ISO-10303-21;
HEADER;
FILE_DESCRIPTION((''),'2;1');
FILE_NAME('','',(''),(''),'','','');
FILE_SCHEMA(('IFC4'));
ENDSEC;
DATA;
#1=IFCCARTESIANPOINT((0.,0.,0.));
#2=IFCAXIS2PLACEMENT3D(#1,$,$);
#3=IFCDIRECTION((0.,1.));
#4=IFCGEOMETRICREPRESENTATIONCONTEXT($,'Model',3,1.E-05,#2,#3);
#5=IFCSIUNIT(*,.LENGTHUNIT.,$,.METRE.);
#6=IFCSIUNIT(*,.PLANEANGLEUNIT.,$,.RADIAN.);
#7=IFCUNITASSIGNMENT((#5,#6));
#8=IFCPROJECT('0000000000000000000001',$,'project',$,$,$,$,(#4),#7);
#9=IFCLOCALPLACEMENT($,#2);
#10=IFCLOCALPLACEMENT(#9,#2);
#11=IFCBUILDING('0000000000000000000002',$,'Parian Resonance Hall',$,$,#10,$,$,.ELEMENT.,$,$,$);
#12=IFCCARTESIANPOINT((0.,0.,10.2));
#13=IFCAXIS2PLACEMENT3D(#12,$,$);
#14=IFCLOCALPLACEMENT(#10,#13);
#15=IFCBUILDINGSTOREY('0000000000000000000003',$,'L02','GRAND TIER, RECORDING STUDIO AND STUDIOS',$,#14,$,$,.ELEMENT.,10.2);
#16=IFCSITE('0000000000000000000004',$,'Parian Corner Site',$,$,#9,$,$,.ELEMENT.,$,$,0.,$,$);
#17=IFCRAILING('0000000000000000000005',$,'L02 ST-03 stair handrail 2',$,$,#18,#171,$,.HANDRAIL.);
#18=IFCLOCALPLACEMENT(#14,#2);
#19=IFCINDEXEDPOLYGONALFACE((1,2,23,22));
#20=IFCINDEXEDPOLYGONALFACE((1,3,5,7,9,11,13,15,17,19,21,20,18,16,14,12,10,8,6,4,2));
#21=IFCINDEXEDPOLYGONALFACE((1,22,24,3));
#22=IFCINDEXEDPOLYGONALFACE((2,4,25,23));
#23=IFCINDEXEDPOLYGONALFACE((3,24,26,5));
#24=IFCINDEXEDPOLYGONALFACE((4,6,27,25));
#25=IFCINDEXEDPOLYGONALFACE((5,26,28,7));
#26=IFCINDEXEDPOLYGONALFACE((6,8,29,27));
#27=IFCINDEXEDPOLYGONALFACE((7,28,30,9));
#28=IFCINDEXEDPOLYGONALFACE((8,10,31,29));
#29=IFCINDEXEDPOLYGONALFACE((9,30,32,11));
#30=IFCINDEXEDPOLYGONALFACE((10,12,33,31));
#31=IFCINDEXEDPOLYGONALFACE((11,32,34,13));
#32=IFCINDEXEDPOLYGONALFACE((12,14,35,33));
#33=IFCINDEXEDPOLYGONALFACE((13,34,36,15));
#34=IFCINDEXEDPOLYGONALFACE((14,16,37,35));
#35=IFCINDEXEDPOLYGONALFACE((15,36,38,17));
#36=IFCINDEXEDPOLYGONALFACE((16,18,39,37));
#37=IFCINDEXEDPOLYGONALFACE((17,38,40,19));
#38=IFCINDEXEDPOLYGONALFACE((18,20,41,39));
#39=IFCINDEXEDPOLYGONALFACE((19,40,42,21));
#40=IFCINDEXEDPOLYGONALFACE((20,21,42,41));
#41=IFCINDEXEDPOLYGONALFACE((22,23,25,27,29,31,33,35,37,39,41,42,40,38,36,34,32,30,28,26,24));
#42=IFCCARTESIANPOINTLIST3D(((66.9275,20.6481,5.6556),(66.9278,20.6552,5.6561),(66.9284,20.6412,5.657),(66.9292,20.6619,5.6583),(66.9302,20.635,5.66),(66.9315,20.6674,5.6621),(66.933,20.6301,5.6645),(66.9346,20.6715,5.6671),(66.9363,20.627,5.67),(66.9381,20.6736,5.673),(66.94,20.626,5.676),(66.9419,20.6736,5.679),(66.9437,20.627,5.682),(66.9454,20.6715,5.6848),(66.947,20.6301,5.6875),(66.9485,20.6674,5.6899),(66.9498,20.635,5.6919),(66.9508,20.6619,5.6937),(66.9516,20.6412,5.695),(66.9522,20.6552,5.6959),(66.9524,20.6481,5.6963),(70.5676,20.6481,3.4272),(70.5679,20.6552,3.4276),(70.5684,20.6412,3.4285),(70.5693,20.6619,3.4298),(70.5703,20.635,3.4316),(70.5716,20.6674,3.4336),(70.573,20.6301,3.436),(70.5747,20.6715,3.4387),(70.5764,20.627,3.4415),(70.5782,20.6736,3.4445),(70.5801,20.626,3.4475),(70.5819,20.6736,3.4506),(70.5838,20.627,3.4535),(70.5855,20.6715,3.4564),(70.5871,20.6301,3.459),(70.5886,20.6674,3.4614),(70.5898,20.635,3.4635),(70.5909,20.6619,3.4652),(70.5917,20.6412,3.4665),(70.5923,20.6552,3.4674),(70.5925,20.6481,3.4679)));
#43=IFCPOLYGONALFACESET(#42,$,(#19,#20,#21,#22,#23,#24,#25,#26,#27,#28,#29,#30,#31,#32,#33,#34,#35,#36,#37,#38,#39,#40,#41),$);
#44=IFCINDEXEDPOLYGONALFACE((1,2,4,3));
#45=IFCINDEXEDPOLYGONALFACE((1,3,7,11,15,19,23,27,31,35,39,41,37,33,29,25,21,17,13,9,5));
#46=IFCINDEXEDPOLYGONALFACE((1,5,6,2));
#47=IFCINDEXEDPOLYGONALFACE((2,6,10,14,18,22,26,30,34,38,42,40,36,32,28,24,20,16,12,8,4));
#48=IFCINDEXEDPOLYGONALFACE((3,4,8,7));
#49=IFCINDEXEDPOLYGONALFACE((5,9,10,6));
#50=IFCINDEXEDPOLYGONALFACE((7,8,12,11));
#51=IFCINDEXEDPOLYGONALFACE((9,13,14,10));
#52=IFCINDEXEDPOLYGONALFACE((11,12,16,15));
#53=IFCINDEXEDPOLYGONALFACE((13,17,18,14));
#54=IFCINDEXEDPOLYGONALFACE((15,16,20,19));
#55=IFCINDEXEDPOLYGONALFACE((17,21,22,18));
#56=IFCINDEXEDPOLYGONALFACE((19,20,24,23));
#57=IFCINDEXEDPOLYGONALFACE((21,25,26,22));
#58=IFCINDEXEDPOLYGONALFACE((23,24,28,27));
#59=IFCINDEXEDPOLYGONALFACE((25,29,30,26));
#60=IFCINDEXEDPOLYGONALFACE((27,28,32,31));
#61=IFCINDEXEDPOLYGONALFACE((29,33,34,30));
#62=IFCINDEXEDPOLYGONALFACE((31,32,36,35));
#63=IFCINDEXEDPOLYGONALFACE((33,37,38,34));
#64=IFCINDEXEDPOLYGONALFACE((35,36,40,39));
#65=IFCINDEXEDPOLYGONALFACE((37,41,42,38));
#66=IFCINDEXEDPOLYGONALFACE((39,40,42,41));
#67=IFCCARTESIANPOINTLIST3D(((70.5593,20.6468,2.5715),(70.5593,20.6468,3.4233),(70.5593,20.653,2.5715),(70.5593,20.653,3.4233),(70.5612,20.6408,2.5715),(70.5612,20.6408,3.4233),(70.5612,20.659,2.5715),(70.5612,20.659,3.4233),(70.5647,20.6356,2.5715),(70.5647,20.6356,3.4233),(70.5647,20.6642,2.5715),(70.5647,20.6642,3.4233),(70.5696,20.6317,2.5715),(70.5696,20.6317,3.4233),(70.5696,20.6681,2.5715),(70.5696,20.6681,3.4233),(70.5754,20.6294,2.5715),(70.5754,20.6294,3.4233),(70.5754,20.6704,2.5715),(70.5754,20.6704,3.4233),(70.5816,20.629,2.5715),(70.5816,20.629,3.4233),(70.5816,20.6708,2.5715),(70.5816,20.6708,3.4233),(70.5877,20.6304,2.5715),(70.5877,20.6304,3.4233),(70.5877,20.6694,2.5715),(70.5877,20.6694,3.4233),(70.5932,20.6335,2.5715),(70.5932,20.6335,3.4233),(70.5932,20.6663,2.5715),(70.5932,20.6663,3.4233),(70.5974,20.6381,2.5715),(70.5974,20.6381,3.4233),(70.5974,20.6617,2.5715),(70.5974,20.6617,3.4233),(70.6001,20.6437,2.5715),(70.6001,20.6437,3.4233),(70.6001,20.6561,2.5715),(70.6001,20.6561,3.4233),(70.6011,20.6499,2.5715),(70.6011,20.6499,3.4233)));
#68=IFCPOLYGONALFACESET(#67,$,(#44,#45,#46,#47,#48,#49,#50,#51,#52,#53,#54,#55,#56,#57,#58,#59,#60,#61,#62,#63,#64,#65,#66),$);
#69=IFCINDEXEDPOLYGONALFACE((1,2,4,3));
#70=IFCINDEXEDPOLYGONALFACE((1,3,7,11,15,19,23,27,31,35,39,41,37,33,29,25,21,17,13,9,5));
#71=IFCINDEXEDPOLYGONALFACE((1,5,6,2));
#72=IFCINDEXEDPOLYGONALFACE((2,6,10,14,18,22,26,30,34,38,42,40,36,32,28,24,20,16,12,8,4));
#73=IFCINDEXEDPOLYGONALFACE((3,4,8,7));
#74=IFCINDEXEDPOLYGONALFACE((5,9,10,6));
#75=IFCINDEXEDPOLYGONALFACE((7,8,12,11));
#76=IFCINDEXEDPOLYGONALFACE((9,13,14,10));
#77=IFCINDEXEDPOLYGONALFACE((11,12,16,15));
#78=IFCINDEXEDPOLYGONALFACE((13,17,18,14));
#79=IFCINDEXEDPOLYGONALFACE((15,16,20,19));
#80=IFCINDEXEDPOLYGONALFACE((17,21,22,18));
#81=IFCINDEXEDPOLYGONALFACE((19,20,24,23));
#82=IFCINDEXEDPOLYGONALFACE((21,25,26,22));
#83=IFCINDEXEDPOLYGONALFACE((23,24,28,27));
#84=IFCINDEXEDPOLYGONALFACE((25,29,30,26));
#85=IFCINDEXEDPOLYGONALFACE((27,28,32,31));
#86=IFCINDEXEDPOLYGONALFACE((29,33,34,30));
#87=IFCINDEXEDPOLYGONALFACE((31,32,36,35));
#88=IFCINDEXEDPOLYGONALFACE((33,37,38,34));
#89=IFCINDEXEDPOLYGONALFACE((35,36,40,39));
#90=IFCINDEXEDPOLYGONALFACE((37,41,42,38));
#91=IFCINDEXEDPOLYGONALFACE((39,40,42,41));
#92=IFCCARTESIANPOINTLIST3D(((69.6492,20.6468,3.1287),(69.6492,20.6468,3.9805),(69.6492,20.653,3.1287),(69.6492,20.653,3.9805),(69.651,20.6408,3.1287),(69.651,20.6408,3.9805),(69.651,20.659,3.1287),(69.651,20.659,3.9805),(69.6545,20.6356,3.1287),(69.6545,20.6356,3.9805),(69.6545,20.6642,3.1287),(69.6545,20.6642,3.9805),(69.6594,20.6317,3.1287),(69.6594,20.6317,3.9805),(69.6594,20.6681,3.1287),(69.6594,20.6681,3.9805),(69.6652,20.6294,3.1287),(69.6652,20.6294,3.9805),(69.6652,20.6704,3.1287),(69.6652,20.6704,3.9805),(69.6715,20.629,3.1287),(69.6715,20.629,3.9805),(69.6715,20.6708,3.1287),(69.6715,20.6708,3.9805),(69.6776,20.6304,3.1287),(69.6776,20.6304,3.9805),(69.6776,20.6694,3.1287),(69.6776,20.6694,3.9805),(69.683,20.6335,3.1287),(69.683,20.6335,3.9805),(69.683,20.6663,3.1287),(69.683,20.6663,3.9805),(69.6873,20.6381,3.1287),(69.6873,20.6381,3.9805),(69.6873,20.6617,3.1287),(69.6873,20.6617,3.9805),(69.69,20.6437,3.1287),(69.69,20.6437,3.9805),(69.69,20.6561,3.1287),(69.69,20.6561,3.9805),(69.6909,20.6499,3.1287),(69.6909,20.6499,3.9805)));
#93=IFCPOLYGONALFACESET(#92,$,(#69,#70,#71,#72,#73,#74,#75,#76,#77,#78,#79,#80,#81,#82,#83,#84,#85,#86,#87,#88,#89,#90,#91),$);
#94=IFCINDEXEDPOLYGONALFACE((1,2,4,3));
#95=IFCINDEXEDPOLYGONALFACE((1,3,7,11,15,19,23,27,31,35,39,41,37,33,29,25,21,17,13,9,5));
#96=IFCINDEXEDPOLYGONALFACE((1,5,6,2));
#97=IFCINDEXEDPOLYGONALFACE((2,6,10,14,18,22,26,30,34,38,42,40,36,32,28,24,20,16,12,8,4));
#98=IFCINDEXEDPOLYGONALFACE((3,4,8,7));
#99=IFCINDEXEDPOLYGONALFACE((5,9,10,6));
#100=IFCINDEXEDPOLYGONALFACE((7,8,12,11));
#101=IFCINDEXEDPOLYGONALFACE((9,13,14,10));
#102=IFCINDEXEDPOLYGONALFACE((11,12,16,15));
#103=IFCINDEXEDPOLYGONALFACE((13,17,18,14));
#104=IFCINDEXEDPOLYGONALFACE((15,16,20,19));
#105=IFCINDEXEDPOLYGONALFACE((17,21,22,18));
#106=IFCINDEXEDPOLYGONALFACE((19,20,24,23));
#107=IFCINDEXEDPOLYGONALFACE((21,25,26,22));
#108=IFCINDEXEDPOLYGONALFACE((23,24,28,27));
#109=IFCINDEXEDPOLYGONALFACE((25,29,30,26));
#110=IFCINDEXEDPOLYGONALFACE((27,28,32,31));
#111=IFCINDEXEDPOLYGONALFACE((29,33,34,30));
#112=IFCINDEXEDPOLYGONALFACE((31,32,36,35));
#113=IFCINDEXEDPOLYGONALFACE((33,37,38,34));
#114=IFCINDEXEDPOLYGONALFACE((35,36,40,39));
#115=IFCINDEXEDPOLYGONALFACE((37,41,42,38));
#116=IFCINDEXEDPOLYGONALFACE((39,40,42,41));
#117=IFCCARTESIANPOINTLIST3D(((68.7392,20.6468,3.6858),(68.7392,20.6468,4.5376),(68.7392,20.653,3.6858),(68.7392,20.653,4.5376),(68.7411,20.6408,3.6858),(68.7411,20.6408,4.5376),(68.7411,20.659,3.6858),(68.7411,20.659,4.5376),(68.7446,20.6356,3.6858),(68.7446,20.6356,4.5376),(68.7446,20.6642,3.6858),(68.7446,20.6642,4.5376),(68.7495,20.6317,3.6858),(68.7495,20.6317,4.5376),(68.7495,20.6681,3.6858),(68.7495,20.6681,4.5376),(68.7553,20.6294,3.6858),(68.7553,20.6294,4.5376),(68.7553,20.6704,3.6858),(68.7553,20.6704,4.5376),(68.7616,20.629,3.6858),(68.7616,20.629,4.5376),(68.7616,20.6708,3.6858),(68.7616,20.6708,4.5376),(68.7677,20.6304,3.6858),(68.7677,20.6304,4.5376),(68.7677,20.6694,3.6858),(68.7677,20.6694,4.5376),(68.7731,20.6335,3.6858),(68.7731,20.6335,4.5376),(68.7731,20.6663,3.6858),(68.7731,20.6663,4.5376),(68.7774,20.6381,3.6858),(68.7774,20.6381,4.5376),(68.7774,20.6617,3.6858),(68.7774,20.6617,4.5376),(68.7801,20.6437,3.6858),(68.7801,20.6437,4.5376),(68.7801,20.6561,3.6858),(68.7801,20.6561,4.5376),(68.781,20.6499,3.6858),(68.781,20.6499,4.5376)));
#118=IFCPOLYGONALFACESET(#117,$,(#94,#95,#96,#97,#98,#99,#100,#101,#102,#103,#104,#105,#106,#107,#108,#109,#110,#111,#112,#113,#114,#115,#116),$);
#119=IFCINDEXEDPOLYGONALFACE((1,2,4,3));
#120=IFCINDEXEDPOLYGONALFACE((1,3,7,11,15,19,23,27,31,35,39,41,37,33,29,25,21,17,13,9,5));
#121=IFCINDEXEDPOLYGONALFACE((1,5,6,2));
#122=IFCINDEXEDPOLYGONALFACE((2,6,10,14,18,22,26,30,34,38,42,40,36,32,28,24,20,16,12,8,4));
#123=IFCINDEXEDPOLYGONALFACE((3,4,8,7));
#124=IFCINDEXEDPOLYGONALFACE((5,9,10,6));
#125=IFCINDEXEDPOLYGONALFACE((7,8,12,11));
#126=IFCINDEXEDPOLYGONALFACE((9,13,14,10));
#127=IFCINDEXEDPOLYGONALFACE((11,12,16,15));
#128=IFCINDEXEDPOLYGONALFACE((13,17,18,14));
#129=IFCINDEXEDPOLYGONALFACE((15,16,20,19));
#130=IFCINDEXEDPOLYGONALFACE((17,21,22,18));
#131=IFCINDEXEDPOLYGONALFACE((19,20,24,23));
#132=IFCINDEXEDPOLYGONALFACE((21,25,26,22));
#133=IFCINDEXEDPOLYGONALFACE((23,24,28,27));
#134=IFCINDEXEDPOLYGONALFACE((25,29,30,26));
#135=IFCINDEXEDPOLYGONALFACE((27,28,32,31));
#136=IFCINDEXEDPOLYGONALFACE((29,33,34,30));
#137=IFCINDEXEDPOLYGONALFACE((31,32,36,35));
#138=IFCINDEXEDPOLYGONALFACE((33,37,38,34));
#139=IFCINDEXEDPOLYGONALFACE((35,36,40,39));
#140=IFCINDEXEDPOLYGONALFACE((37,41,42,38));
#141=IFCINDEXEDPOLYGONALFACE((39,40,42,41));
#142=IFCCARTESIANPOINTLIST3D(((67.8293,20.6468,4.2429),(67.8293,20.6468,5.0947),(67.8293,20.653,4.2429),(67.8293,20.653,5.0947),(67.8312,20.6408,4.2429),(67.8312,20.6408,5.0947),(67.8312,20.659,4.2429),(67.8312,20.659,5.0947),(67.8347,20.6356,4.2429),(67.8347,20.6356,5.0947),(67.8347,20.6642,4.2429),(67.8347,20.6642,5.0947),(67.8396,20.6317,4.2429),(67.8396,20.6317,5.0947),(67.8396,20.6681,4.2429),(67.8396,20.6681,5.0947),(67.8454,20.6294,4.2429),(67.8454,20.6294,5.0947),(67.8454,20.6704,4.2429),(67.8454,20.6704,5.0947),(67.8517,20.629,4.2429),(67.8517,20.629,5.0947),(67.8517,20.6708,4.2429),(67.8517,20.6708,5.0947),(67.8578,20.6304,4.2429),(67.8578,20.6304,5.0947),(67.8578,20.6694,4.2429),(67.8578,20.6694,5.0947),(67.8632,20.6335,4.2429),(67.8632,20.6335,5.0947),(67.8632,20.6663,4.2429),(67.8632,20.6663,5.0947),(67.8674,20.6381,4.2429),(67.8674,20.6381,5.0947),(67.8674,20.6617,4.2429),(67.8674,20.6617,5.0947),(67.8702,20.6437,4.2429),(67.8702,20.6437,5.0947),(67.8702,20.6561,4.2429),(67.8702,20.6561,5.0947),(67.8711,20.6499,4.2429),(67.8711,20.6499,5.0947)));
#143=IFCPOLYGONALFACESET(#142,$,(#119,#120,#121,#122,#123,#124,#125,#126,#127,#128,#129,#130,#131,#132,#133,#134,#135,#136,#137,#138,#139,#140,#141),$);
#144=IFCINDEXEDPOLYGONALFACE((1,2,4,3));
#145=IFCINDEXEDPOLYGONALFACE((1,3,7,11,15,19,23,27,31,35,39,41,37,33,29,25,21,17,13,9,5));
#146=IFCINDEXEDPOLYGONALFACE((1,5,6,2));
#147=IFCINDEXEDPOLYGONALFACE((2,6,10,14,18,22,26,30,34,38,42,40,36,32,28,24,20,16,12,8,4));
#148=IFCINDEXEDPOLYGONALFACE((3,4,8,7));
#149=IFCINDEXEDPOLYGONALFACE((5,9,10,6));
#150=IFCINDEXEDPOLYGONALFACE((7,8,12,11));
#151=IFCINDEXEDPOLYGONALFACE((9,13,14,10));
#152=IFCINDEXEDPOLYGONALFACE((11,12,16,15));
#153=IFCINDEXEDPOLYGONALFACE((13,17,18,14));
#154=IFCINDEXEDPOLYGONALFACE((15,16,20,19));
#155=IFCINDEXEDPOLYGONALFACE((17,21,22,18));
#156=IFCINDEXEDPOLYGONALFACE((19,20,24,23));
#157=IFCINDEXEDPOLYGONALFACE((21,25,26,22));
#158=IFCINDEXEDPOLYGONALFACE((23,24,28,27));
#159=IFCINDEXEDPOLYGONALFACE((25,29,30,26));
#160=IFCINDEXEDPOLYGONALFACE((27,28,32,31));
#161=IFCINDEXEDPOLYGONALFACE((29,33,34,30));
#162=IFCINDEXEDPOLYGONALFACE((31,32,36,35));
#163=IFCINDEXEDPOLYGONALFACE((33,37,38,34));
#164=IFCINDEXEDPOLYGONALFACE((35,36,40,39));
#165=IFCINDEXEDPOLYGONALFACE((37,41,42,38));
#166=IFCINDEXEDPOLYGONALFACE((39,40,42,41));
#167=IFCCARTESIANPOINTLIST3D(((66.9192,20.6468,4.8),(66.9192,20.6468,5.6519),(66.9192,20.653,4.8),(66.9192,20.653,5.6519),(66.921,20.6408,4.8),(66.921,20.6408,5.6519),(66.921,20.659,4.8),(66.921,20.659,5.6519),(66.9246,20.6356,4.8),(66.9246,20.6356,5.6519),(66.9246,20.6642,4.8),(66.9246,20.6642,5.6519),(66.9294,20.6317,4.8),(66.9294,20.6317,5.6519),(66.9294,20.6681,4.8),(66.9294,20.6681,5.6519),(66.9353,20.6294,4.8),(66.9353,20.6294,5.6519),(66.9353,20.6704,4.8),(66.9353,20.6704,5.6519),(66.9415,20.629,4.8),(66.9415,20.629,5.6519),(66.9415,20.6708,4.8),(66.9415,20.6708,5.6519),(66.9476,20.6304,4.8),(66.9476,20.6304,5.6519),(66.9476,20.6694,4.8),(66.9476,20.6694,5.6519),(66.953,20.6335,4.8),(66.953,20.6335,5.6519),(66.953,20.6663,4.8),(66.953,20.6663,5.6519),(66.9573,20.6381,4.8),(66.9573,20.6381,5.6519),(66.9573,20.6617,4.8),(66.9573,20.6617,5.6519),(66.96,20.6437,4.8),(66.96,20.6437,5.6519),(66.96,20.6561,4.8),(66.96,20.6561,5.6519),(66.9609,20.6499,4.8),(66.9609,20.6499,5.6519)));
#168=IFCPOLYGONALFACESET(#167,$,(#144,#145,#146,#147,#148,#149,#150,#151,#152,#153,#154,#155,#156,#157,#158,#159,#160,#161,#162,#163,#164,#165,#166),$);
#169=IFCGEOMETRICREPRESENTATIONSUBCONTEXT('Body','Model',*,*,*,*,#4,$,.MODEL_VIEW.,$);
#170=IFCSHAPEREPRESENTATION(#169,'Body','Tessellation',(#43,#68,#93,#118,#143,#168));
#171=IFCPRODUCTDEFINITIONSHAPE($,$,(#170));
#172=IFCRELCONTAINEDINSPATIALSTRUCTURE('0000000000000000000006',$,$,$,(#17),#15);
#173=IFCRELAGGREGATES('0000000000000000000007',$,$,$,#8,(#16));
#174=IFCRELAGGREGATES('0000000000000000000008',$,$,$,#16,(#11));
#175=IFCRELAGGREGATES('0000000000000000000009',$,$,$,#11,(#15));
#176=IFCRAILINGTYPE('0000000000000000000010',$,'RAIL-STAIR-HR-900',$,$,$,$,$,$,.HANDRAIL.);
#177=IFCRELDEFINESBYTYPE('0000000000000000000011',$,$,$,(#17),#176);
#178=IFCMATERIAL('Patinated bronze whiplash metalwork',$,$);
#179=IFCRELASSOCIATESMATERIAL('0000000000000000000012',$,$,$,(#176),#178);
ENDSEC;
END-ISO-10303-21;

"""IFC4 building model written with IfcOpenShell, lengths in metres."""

from ifc_helpers import new_model, si_unit, direction, frame, origin, origin_2d, place, context, subcontext, project, spatial, circle, extrude, material, type_object, element, save


model = new_model("IFC4")

# Units and contexts
model_context = context("Model", 3, precision=1e-05, world=origin(), true_north=direction((0.0, 1.0)))
body_context = subcontext(model_context, "Body", "Model", "MODEL_VIEW")
ifc_project = project(units=[si_unit("LENGTHUNIT", "METRE"), si_unit("PLANEANGLEUNIT", "RADIAN")], contexts=[model_context])

# Site, building, storey
site_placement = place(None, origin())
site = spatial("IfcSite", under=ifc_project, at=site_placement, Name="Parian Corner Site", CompositionType="ELEMENT", RefElevation=0.0)
building_placement = place(site_placement, origin())
building = spatial("IfcBuilding", under=site, at=building_placement, Name="Parian Resonance Hall", CompositionType="ELEMENT")
storey_placement = place(building_placement, frame((0.0, 0.0, 10.2)))
storey = spatial("IfcBuildingStorey", under=building, at=storey_placement, Name="L02", Description="GRAND TIER, RECORDING STUDIO AND STUDIOS", CompositionType="ELEMENT", Elevation=10.2)

# Railing
ifc_material_1 = material(Name="Patinated bronze whiplash metalwork")
railing_type_1 = type_object("IfcRailingType", Name="RAIL-STAIR-HR-900", PredefinedType="HANDRAIL", material=ifc_material_1)
railing_1_placement = place(storey_placement, frame((70.5801, 20.6499, 2.5715)))
element("IfcRailing", 1, at=railing_1_placement, inside=storey, type_object=railing_type_1, Name="L02 ST-03 stair handrail 2", PredefinedType="HANDRAIL", context=body_context, shape_type="SweptSolid", body=[
    extrude(circle(Radius=0.0239, at=origin_2d()), frame((0.0, 0.0, 0.876), z_axis=(-0.852866, 0.0, 0.52213), x_axis=(0.0, -1.0, 0.0)), (0.0, 0.0, 1.0), 4.2681),
    extrude(circle(Radius=0.021, at=origin_2d()), origin(), (0.0, 0.0, 1.0), 0.8518),
    extrude(circle(Radius=0.021, at=origin_2d()), frame((-0.9102, 0.0, 0.5571)), (0.0, 0.0, 1.0), 0.8518),
    extrude(circle(Radius=0.021, at=origin_2d()), frame((-1.8201, 0.0, 1.1143)), (0.0, 0.0, 1.0), 0.8518),
    extrude(circle(Radius=0.021, at=origin_2d()), frame((-2.73, 0.0, 1.6714)), (0.0, 0.0, 1.0), 0.8518),
    extrude(circle(Radius=0.021, at=origin_2d()), frame((-3.6401, 0.0, 2.2285)), (0.0, 0.0, 1.0), 0.8518),
])

save(model, "model.ifc")
